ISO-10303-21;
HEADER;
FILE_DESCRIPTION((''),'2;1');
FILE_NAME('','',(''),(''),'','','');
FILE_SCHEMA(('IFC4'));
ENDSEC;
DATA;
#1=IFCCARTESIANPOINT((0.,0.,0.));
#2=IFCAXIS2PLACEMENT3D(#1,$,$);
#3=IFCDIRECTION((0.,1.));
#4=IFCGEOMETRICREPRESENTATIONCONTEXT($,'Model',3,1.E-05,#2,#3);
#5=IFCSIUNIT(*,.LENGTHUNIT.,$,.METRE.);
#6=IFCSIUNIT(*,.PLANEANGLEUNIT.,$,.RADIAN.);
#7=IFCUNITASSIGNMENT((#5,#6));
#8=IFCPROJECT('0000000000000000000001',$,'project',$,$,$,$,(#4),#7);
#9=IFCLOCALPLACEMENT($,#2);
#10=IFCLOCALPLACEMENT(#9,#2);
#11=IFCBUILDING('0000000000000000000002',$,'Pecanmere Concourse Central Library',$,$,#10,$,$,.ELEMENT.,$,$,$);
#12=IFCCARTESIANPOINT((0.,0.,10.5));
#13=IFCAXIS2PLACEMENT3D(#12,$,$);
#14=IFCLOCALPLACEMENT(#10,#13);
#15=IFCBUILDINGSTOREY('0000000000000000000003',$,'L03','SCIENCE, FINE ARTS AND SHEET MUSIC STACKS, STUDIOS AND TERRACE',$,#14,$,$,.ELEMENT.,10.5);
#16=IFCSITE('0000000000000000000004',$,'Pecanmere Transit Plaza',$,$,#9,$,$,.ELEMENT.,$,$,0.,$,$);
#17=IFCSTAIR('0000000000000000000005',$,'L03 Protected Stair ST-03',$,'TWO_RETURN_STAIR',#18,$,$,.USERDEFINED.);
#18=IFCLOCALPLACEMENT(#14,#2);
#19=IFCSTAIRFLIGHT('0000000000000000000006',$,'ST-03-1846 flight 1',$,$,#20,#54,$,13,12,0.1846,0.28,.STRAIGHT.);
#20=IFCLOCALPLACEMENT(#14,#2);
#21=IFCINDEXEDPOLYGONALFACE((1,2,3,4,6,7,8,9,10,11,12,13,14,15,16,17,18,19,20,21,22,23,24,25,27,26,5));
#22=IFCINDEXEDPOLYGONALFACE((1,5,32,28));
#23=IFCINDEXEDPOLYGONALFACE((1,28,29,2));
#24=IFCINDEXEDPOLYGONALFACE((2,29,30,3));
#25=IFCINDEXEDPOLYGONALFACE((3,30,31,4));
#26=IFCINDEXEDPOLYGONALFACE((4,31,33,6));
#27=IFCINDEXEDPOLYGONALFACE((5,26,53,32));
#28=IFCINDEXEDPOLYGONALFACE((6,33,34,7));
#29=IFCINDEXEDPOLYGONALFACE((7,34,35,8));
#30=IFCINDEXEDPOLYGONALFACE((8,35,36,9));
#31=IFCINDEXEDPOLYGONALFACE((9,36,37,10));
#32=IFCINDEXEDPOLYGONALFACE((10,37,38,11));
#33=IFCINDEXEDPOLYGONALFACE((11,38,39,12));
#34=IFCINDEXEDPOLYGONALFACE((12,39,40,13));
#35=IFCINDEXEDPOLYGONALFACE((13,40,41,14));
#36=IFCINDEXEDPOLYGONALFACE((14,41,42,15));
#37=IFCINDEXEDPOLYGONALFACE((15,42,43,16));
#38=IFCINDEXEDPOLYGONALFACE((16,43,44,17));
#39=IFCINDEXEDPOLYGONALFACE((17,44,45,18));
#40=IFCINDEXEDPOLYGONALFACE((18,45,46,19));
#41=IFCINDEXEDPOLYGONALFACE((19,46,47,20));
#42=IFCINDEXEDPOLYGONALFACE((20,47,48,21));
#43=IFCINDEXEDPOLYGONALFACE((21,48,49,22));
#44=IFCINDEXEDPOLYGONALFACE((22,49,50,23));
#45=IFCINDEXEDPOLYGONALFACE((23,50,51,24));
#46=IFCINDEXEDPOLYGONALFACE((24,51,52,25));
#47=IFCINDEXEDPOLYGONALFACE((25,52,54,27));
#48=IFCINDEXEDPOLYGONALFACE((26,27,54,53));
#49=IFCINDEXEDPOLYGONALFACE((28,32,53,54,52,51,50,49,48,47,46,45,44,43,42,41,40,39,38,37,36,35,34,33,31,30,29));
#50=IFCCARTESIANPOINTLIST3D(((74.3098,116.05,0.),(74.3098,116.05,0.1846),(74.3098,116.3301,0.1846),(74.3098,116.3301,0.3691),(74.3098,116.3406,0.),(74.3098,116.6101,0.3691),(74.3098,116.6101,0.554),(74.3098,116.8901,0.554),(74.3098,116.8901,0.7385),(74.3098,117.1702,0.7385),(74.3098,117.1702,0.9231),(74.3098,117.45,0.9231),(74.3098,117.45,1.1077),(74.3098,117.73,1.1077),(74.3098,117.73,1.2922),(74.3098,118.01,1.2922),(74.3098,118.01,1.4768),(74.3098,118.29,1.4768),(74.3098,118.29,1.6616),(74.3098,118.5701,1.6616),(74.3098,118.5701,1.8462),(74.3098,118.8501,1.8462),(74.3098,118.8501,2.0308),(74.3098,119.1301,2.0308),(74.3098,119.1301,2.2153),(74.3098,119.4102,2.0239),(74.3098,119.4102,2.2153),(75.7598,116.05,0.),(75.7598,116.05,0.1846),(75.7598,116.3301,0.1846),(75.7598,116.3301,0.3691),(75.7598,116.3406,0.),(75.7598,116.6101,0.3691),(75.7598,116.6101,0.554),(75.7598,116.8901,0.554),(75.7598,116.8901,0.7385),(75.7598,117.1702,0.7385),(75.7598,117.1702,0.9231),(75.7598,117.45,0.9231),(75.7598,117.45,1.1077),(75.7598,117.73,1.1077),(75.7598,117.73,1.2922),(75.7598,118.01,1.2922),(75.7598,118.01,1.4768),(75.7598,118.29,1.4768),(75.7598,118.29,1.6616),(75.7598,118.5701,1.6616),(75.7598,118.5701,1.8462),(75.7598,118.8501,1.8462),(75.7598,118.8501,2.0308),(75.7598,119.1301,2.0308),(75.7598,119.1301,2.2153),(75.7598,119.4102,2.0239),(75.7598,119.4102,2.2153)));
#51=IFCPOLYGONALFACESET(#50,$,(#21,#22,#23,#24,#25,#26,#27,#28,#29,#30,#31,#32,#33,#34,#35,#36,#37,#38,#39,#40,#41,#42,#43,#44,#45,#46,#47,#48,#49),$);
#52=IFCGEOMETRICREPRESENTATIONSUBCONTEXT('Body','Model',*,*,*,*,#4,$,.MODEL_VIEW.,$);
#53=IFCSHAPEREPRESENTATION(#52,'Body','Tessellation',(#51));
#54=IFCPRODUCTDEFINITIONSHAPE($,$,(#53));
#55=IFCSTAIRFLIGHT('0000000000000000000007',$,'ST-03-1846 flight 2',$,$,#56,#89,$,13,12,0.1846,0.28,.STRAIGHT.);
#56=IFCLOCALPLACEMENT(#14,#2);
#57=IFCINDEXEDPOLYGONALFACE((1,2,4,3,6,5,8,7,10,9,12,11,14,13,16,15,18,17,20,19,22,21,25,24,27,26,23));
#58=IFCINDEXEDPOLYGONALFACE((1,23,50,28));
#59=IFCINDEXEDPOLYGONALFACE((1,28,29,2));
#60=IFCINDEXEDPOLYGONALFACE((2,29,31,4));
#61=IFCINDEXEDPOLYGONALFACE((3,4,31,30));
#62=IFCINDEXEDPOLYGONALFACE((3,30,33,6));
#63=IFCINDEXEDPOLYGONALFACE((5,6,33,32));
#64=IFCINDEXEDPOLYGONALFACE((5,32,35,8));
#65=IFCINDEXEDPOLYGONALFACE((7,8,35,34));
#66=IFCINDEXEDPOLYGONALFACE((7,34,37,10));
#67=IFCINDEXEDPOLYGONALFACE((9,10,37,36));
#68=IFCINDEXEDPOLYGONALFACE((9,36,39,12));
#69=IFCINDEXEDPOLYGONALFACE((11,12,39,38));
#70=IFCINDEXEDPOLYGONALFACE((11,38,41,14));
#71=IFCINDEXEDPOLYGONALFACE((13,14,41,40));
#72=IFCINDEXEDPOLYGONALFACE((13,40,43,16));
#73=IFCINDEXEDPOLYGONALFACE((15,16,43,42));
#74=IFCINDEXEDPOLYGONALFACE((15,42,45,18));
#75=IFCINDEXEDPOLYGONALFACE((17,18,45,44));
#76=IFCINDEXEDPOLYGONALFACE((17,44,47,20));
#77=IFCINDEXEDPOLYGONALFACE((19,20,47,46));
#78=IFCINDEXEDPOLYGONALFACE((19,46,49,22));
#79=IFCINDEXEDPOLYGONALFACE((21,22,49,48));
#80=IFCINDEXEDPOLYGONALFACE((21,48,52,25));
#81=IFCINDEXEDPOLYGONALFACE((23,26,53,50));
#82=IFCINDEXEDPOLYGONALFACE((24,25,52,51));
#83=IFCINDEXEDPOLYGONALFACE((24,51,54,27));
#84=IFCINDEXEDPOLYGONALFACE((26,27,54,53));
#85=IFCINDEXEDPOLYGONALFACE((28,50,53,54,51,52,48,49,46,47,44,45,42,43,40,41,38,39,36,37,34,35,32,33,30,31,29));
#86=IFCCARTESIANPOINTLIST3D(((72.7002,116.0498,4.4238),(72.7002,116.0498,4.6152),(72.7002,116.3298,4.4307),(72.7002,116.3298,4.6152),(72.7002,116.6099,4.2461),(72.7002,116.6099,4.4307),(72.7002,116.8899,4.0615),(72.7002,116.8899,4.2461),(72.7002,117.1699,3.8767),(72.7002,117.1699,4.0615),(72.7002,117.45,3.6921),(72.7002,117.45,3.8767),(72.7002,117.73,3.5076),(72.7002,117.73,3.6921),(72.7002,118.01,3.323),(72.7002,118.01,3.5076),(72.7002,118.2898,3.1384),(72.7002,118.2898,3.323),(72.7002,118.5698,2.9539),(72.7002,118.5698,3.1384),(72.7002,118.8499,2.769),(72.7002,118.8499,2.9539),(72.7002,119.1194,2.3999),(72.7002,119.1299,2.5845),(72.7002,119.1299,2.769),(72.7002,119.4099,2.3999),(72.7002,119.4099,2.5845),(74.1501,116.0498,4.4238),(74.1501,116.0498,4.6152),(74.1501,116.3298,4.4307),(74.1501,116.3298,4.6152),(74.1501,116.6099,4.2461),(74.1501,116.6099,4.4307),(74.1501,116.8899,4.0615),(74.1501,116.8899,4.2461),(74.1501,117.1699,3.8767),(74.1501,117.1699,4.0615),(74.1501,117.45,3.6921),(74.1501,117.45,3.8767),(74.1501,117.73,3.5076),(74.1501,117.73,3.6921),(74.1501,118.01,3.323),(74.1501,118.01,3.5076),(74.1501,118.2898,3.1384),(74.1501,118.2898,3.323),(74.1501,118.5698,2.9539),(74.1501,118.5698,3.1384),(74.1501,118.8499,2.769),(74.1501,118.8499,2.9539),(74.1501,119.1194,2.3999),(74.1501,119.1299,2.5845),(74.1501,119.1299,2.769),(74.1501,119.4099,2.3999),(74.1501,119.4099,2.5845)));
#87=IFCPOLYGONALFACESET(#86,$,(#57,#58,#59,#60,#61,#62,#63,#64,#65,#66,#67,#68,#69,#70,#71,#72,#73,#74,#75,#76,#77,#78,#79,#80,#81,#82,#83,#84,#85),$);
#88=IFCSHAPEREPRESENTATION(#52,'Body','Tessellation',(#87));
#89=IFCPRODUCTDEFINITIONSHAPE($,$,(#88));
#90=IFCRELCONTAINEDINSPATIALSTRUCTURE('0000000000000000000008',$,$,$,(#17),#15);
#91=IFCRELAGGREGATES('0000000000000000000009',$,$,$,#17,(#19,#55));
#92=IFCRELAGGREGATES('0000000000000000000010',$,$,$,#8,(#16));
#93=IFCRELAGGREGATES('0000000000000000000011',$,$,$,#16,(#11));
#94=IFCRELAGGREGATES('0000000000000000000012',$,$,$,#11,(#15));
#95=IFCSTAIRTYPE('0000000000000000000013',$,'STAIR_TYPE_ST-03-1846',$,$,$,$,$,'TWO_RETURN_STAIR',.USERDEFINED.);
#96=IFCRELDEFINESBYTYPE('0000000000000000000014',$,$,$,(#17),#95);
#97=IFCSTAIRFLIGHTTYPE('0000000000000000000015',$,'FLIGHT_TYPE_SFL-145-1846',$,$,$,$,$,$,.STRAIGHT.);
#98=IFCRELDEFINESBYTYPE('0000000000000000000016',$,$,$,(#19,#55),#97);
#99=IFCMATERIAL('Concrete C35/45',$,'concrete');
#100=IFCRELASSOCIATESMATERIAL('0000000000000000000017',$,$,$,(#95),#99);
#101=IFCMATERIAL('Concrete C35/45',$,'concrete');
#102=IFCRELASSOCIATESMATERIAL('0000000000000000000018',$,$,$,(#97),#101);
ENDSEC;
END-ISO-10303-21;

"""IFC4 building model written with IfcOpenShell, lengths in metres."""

from ifc_helpers import new_model, si_unit, direction, frame, origin, place, context, subcontext, project, spatial, polyline, outline, extrude, material, type_object, element, aggregate, save


model = new_model("IFC4")

# Units and contexts
model_context = context("Model", 3, precision=1e-05, world=origin(), true_north=direction((0.0, 1.0)))
body_context = subcontext(model_context, "Body", "Model", "MODEL_VIEW")
ifc_project = project(units=[si_unit("LENGTHUNIT", "METRE"), si_unit("PLANEANGLEUNIT", "RADIAN")], contexts=[model_context])

# Site, building, storey
site_placement = place(None, origin())
site = spatial("IfcSite", under=ifc_project, at=site_placement, Name="Pecanmere Transit Plaza", CompositionType="ELEMENT", RefElevation=0.0)
building_placement = place(site_placement, origin())
building = spatial("IfcBuilding", under=site, at=building_placement, Name="Pecanmere Concourse Central Library", CompositionType="ELEMENT")
storey_placement = place(building_placement, frame((0.0, 0.0, 10.5)))
storey = spatial("IfcBuildingStorey", under=building, at=storey_placement, Name="L03", Description="SCIENCE, FINE ARTS AND SHEET MUSIC STACKS, STUDIOS AND TERRACE", CompositionType="ELEMENT", Elevation=10.5)

# Stair, stair flights
ifc_material_1 = material(Name="Concrete C35/45", Category="concrete")
stair_type = type_object("IfcStairType", Name="STAIR_TYPE_ST-03-1846", ElementType="TWO_RETURN_STAIR", PredefinedType="USERDEFINED", material=ifc_material_1)
stair_placement = place(storey_placement, origin())
stair = element("IfcStair", 1, at=stair_placement, inside=storey, type_object=stair_type, Name="L03 Protected Stair ST-03", ObjectType="TWO_RETURN_STAIR", PredefinedType="USERDEFINED")
ifc_material_2 = material(Name="Concrete C35/45", Category="concrete")
stair_flight_type = type_object("IfcStairFlightType", Name="FLIGHT_TYPE_SFL-145-1846", PredefinedType="STRAIGHT", material=ifc_material_2)
stair_flight_1_placement = place(storey_placement, frame((75.0349, 116.05, 0.0), z_axis=(0.0, 0.0, 1.0), x_axis=(0.0, 1.0, 0.0)))
stair_flight_1 = element("IfcStairFlight", 2, at=stair_flight_1_placement, type_object=stair_flight_type, Name="ST-03-1846 flight 1", NumberOfRisers=13, NumberOfTreads=12, PredefinedType="STRAIGHT", RiserHeight=0.1846, TreadLength=0.28, context=body_context, shape_type="SweptSolid", body=[
    extrude(outline(polyline([(0.0, 0.0), (0.0, 0.1846), (0.28, 0.1846), (0.28, 0.3691), (0.5601, 0.3691), (0.5601, 0.554), (0.8401, 0.554), (0.8401, 0.7385), (1.1201, 0.7385), (1.1201, 0.9231), (1.3999, 0.9231), (1.3999, 1.1077), (1.6799, 1.1077), (1.6799, 1.2922), (1.96, 1.2922), (1.96, 1.4768), (2.24, 1.4768), (2.24, 1.6616), (2.52, 1.6616), (2.52, 1.8462), (2.8, 1.8462), (2.8, 2.0308), (3.0801, 2.0308), (3.0801, 2.2153), (3.3601, 2.2153), (3.3601, 2.3999), (3.3601, 2.0239), (0.2905, 0.0), (0.0, 0.0)])), frame((0.0, 0.7251, 0.0), z_axis=(0.0, -1.0, 0.0), x_axis=(1.0, 0.0, 0.0)), (0.0, 0.0, 1.0), 1.45),
])
stair_flight_2_placement = place(storey_placement, frame((73.425, 119.4099, 2.3999), z_axis=(0.0, 0.0, 1.0), x_axis=(0.0, -1.0, 0.0)))
stair_flight_2 = element("IfcStairFlight", 3, at=stair_flight_2_placement, type_object=stair_flight_type, Name="ST-03-1846 flight 2", NumberOfRisers=13, NumberOfTreads=12, PredefinedType="STRAIGHT", RiserHeight=0.1846, TreadLength=0.28, context=body_context, shape_type="SweptSolid", body=[
    extrude(outline(polyline([(0.0, 0.0), (0.0, 0.1846), (0.28, 0.1846), (0.28, 0.3691), (0.5601, 0.3691), (0.5601, 0.554), (0.8401, 0.554), (0.8401, 0.7385), (1.1201, 0.7385), (1.1201, 0.9231), (1.3999, 0.9231), (1.3999, 1.1077), (1.6799, 1.1077), (1.6799, 1.2922), (1.96, 1.2922), (1.96, 1.4768), (2.24, 1.4768), (2.24, 1.6616), (2.52, 1.6616), (2.52, 1.8462), (2.8, 1.8462), (2.8, 2.0308), (3.0801, 2.0308), (3.0801, 2.2153), (3.3601, 2.2153), (3.3601, 2.3999), (3.3601, 2.0239), (0.2905, 0.0), (0.0, 0.0)])), frame((0.0, 0.7251, 0.0), z_axis=(0.0, -1.0, 0.0), x_axis=(1.0, 0.0, 0.0)), (0.0, 0.0, 1.0), 1.45),
])
aggregate(stair, [stair_flight_1, stair_flight_2])

save(model, "model.ifc")
